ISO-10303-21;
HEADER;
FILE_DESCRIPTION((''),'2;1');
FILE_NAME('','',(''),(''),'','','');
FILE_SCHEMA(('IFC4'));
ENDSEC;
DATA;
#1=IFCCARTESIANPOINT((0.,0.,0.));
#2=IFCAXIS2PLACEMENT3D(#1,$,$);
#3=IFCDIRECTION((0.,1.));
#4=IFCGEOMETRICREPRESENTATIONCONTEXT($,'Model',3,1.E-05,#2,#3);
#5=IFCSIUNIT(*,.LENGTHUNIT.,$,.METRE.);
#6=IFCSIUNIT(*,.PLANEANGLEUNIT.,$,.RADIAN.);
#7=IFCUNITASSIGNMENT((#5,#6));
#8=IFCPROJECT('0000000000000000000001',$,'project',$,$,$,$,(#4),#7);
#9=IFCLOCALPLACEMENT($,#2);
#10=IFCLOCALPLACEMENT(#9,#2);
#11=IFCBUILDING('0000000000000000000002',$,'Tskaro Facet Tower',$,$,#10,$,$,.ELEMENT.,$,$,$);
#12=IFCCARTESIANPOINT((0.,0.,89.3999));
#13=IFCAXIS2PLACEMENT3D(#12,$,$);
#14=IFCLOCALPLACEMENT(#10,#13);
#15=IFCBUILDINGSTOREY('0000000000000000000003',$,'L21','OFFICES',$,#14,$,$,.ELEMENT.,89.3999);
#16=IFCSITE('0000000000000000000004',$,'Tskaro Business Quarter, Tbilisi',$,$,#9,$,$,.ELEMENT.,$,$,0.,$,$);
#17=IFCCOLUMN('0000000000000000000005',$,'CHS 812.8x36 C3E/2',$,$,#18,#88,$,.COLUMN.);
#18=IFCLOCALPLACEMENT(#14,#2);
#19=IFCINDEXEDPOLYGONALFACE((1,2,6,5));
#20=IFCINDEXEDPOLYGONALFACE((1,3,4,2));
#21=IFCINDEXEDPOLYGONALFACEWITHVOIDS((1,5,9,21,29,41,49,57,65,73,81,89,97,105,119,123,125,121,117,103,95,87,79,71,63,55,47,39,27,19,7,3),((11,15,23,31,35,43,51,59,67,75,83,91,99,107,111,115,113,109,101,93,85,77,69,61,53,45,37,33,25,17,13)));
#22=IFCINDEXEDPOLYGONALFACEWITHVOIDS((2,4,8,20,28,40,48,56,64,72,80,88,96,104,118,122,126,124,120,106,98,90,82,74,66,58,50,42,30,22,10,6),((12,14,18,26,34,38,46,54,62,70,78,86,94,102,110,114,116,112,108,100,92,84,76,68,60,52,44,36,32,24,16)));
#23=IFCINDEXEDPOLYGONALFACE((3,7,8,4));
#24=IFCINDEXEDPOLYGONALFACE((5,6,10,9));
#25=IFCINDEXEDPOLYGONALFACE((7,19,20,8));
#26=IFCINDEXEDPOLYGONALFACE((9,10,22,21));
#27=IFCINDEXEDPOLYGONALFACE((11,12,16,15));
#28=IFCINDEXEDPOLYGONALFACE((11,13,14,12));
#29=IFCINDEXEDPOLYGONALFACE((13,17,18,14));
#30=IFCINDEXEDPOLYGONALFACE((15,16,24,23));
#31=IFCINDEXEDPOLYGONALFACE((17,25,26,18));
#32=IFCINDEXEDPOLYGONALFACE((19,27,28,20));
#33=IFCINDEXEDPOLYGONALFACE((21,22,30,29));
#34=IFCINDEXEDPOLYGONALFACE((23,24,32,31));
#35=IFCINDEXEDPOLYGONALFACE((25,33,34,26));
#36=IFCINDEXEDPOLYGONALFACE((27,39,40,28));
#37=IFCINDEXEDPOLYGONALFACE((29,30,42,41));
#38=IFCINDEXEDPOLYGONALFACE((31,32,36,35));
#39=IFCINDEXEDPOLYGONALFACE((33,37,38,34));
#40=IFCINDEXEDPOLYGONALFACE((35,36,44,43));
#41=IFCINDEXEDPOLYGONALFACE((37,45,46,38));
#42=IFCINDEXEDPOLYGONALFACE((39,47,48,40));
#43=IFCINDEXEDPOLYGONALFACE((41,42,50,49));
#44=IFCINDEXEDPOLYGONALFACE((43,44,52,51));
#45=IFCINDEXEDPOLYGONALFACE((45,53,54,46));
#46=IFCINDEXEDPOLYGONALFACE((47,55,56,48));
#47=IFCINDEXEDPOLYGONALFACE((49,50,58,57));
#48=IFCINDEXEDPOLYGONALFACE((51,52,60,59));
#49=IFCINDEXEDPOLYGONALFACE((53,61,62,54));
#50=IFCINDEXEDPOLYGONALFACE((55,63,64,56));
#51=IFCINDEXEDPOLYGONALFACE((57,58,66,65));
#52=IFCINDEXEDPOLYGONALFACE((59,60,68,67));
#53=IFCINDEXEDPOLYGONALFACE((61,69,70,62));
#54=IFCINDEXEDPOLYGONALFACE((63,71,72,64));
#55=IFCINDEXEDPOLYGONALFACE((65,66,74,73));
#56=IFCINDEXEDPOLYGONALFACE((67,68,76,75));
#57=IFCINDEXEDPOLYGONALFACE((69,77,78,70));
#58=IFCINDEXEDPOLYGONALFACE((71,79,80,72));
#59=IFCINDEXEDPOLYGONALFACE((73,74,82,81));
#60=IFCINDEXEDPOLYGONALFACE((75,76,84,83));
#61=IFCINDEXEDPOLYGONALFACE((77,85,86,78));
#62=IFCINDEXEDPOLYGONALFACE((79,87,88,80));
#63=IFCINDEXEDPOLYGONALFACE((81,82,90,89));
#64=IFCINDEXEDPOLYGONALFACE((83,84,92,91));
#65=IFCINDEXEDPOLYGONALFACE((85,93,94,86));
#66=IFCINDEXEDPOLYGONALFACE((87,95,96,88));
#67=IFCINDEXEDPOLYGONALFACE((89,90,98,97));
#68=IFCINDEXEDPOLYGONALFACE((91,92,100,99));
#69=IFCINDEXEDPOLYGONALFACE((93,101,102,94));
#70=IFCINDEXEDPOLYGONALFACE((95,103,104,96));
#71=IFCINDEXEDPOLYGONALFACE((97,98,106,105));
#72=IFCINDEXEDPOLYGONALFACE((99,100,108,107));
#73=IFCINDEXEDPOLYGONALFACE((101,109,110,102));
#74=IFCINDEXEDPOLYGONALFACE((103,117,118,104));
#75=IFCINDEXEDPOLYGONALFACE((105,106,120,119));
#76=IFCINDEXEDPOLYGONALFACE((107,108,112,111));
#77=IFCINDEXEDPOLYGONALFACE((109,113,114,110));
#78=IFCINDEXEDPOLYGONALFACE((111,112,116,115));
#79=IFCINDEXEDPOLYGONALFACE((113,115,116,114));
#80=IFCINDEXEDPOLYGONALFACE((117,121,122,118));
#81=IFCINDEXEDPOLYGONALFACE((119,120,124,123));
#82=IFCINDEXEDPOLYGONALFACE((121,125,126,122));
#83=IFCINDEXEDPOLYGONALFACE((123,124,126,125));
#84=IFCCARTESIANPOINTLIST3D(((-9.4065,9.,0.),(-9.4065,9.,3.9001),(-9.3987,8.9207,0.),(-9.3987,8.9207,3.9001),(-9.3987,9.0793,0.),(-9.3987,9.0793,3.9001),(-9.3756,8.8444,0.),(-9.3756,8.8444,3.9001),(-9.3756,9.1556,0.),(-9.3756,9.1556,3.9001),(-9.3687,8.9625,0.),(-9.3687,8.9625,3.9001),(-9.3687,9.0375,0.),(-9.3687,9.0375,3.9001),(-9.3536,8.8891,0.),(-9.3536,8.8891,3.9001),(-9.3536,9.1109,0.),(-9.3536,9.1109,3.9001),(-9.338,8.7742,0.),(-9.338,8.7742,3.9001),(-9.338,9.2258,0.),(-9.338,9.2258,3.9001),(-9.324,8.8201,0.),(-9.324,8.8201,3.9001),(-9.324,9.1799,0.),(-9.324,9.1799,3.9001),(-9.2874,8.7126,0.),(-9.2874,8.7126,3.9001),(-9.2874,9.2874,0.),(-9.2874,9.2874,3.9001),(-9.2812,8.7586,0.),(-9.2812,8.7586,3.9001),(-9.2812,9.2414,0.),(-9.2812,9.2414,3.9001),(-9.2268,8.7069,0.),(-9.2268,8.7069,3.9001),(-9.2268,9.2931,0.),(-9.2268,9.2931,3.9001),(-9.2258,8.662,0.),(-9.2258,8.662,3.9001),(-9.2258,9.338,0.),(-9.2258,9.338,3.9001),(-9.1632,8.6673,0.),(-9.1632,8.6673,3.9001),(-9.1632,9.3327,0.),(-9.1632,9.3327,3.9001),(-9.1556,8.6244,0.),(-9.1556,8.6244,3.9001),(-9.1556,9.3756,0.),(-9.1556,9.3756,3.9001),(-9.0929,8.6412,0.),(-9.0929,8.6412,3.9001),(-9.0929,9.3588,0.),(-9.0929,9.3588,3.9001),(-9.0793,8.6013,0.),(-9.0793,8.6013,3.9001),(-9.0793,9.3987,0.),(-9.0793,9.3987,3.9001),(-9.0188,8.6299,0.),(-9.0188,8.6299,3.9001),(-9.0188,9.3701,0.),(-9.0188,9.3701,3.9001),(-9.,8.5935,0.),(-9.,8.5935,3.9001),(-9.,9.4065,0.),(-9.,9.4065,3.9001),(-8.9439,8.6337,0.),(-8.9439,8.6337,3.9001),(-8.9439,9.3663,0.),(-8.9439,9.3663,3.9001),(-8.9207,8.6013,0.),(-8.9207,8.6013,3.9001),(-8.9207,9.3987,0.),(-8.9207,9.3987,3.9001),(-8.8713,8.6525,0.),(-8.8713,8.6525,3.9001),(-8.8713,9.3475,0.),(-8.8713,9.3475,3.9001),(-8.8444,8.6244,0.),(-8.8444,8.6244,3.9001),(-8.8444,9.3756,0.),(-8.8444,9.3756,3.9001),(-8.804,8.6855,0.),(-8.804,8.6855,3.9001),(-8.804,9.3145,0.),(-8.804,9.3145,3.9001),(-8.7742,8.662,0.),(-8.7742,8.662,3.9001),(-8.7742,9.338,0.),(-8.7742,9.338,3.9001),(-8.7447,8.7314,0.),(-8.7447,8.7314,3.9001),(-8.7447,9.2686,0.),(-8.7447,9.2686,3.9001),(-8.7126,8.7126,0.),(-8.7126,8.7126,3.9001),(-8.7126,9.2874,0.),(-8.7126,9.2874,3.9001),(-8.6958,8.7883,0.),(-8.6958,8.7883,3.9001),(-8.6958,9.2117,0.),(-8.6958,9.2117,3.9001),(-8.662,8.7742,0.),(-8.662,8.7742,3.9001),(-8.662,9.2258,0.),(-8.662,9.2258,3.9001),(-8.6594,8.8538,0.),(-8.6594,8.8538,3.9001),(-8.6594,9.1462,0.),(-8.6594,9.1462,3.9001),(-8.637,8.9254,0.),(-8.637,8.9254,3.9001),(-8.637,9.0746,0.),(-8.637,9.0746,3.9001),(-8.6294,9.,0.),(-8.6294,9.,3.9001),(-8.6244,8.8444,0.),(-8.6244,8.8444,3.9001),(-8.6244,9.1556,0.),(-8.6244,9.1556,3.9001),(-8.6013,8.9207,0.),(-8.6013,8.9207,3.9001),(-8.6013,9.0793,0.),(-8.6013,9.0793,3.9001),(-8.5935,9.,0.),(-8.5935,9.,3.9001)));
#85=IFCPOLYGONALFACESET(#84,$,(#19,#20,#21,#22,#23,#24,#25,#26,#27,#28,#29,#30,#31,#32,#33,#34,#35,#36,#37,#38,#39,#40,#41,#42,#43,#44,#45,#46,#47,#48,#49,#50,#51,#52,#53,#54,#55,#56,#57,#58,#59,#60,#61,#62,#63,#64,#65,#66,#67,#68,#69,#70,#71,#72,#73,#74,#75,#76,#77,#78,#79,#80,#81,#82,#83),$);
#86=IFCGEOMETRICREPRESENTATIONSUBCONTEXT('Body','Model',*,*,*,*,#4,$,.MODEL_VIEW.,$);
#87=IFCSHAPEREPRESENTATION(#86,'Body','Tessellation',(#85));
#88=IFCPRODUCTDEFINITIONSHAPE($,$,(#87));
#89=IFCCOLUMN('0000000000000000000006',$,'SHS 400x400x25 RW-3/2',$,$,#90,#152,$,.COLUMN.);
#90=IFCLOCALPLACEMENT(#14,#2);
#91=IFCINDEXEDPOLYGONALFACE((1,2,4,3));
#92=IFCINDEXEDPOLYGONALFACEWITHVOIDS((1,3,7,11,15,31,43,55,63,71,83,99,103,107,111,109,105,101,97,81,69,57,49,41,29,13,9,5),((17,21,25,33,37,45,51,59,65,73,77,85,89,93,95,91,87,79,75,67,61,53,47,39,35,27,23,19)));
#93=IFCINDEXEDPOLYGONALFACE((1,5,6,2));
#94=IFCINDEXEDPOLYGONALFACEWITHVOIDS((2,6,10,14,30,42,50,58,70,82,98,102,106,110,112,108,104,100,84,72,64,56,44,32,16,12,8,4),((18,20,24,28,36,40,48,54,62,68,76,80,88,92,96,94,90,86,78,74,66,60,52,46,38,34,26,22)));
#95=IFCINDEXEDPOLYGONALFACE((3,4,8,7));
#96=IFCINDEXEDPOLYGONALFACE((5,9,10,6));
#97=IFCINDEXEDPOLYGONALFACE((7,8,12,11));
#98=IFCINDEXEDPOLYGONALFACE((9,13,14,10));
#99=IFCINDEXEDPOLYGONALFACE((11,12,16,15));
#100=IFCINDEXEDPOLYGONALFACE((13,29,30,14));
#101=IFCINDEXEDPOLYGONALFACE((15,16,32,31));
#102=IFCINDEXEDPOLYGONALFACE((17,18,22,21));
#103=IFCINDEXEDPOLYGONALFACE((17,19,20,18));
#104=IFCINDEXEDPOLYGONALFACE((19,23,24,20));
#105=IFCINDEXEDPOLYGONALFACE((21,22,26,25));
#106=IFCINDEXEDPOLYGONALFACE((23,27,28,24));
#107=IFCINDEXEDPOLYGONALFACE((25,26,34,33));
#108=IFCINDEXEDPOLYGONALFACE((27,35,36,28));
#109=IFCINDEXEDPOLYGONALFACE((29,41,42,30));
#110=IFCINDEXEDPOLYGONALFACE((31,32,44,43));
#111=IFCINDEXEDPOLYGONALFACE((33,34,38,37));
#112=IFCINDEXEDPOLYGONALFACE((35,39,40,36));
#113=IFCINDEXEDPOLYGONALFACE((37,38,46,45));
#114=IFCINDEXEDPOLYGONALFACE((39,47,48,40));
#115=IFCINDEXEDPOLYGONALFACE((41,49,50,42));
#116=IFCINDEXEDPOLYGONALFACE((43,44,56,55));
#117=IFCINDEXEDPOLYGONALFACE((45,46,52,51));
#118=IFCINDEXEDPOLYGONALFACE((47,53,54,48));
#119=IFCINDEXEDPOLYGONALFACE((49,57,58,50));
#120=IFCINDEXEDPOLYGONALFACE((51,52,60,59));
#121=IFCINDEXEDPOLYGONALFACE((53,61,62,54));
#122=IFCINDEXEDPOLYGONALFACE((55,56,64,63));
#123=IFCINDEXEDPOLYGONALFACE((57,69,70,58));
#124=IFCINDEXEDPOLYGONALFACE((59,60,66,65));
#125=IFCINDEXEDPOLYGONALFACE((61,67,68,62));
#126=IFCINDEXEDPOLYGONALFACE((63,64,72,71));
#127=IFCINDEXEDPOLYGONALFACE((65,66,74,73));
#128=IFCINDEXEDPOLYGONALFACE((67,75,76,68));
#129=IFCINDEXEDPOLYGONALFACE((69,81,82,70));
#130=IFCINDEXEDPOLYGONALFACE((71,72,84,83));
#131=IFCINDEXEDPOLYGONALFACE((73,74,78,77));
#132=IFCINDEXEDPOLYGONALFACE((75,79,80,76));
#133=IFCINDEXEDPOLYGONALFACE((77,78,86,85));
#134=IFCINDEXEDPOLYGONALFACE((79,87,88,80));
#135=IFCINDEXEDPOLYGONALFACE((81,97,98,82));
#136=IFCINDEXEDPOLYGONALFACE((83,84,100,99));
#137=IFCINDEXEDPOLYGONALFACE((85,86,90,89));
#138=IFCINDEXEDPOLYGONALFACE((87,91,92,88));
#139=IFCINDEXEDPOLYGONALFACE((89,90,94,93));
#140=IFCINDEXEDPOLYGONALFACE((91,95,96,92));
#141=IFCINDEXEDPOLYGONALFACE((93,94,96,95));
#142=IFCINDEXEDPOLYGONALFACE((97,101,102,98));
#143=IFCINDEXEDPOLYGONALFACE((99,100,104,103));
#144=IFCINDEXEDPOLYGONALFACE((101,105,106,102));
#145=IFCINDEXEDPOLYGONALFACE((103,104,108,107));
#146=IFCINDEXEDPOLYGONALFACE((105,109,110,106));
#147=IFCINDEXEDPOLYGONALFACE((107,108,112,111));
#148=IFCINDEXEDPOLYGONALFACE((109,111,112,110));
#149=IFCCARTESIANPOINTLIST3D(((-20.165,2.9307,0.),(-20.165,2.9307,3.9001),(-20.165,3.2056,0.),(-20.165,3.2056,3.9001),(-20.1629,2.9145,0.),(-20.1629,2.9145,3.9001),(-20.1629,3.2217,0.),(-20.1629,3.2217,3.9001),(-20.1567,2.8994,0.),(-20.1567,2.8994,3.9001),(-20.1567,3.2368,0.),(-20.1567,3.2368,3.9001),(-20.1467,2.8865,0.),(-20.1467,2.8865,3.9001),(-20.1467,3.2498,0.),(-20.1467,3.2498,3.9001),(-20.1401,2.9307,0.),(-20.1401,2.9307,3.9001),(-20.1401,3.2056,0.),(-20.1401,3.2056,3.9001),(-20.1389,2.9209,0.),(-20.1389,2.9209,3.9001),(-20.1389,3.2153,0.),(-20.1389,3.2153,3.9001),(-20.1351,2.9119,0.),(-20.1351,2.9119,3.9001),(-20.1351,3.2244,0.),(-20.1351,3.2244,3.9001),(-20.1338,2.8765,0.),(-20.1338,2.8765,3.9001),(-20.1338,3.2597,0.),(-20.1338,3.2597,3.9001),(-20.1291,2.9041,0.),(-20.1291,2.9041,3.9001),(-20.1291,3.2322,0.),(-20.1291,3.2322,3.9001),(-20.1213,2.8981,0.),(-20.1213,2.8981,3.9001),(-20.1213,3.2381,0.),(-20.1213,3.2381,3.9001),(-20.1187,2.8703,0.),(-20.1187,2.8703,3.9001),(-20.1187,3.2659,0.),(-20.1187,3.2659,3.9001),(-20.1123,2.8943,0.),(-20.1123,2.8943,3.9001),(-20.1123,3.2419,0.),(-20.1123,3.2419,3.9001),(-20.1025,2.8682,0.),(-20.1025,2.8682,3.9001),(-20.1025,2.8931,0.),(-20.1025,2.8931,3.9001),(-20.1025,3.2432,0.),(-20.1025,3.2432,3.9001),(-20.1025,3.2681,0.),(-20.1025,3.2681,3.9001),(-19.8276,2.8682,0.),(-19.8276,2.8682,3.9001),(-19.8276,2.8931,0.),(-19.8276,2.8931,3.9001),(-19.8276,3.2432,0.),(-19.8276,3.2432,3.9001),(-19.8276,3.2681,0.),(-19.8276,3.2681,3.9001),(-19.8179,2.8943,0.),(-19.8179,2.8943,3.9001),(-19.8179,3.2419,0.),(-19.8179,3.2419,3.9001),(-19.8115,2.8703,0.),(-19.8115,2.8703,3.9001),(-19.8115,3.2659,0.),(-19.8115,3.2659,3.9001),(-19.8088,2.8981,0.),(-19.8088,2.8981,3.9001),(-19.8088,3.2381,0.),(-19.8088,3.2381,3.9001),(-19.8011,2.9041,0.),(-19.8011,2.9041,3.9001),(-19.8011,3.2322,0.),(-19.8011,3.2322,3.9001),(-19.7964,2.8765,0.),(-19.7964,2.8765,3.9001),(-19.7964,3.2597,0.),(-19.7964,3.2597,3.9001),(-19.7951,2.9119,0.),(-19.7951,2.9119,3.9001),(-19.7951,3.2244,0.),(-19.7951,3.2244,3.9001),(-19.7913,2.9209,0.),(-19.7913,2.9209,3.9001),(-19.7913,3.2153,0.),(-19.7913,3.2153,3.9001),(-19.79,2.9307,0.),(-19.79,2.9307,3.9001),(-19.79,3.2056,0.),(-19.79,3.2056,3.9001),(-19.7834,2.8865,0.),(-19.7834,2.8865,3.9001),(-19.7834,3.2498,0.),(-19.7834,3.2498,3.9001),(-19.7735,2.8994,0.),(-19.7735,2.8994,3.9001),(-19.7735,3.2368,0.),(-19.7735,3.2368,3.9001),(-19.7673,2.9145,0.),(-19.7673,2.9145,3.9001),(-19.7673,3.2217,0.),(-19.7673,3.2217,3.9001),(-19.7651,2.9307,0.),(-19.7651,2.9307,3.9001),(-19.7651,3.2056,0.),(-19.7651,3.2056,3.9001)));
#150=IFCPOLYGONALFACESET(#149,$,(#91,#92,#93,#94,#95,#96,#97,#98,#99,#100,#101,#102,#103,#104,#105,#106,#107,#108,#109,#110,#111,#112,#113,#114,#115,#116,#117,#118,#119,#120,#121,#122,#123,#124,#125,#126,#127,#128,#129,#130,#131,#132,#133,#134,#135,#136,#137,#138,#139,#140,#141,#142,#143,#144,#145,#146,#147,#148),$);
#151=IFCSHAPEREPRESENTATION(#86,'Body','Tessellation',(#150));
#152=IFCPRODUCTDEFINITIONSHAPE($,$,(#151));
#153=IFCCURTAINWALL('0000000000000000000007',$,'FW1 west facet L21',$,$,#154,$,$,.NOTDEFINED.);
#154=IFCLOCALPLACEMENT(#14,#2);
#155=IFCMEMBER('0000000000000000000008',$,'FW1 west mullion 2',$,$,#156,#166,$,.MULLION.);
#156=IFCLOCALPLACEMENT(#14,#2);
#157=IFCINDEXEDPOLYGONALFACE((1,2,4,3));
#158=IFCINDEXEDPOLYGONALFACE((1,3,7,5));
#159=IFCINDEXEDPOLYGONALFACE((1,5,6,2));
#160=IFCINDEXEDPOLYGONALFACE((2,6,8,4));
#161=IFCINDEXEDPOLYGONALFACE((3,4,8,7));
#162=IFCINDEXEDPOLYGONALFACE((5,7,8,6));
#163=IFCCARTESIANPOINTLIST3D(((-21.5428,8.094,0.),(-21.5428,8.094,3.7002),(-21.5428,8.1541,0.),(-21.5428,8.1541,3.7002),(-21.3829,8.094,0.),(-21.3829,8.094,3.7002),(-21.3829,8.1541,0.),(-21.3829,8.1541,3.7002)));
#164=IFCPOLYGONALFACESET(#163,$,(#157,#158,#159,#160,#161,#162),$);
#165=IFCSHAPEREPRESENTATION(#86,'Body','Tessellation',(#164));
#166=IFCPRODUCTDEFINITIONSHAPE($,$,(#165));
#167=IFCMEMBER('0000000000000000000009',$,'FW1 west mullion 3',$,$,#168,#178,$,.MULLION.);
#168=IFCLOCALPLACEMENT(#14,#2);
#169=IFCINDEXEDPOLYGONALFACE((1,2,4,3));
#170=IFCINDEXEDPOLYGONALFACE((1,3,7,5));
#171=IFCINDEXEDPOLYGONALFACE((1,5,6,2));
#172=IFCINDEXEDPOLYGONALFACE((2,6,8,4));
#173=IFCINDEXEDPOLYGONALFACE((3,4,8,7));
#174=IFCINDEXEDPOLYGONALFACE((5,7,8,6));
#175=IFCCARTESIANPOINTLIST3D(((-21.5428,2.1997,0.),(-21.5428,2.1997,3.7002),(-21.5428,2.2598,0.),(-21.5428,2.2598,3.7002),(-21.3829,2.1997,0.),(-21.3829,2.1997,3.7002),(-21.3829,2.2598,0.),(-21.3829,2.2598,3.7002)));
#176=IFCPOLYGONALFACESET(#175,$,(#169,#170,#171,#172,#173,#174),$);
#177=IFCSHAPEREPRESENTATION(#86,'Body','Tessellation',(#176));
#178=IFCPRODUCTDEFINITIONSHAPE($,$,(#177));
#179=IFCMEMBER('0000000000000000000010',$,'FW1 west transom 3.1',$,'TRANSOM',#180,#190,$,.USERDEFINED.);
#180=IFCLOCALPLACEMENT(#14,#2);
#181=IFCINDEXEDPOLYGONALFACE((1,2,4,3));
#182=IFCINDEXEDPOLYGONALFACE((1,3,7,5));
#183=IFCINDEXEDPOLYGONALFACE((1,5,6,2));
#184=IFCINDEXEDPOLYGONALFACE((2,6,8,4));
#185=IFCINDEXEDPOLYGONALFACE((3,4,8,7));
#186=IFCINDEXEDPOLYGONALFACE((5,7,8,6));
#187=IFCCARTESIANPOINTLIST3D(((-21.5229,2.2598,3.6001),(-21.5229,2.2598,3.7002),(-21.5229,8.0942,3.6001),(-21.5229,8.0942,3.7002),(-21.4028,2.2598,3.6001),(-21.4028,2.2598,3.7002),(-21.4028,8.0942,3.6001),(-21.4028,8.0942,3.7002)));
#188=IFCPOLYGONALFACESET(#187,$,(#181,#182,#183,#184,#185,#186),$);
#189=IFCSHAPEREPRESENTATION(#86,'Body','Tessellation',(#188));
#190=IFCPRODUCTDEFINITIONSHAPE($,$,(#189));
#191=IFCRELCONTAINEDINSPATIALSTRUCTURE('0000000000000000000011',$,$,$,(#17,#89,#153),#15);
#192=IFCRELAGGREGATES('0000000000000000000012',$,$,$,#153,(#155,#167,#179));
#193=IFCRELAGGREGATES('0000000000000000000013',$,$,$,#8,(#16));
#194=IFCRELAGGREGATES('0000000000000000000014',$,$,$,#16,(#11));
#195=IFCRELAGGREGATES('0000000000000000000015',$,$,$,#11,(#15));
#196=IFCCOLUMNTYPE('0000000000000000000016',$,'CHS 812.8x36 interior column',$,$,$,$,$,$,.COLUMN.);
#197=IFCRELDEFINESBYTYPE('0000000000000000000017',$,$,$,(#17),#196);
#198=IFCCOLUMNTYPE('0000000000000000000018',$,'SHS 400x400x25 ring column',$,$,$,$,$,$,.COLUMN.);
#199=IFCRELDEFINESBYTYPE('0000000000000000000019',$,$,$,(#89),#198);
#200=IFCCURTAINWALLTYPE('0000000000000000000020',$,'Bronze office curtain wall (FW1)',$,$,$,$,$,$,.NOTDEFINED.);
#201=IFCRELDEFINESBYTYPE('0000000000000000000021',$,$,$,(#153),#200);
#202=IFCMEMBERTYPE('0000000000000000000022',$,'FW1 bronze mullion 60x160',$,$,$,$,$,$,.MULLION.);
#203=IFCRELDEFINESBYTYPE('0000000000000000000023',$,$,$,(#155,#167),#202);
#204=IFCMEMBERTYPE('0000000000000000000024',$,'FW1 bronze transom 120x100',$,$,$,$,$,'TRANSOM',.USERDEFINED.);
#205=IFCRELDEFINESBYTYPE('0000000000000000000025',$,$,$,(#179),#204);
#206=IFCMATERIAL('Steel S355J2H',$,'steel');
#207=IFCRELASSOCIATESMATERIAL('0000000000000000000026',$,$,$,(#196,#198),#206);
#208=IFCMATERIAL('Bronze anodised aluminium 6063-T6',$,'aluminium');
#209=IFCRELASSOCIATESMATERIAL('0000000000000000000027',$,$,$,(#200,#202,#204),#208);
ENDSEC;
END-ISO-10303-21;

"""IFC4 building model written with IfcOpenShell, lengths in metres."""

from ifc_helpers import new_model, si_unit, direction, frame, origin, origin_2d, place, context, subcontext, project, spatial, rectangle, hollow_rectangle, hollow_circle, extrude, material, material_profile, profile_set, type_object, element, aggregate, save


model = new_model("IFC4")

# Units and contexts
model_context = context("Model", 3, precision=1e-05, world=origin(), true_north=direction((0.0, 1.0)))
body_context = subcontext(model_context, "Body", "Model", "MODEL_VIEW")
ifc_project = project(units=[si_unit("LENGTHUNIT", "METRE"), si_unit("PLANEANGLEUNIT", "RADIAN")], contexts=[model_context])

# Site, building, storey
site_placement = place(None, origin())
site = spatial("IfcSite", under=ifc_project, at=site_placement, Name="Tskaro Business Quarter, Tbilisi", CompositionType="ELEMENT", RefElevation=0.0)
building_placement = place(site_placement, origin())
building = spatial("IfcBuilding", under=site, at=building_placement, Name="Tskaro Facet Tower", CompositionType="ELEMENT")
storey_placement = place(building_placement, frame((0.0, 0.0, 89.3999)))
storey = spatial("IfcBuildingStorey", under=building, at=storey_placement, Name="L21", Description="OFFICES", CompositionType="ELEMENT", Elevation=89.3999)

# Columns
ifc_material_1 = material(Name="Steel S355J2H", Category="steel")
ifc_material_profile_1 = material_profile(ifc_material_1, hollow_circle(Radius=0.4065, WallThickness=0.0359, at=origin_2d()), Name="CHS 812.8x36")
ifc_profile_set_1 = profile_set([ifc_material_profile_1], Name="Steel S355J2H")
column_type_1 = type_object("IfcColumnType", Name="CHS 812.8x36 interior column", PredefinedType="COLUMN", material=ifc_profile_set_1)
column_1_placement = place(storey_placement, frame((-9.0, 9.0, 0.0), z_axis=(0.0, 0.0, 1.0), x_axis=(1.0, 0.0, 0.0)))
element("IfcColumn", 1, at=column_1_placement, inside=storey, type_object=column_type_1, Name="CHS 812.8x36 C3E/2", PredefinedType="COLUMN", context=body_context, shape_type="SweptSolid", body=[
    extrude(hollow_circle(Radius=0.4065, WallThickness=0.0359, at=origin_2d()), origin(), (0.0, 0.0, 1.0), 3.9001),
])
ifc_material_profile_2 = material_profile(ifc_material_1, hollow_rectangle(XDim=0.3999, YDim=0.3999, WallThickness=0.0249, InnerFilletRadius=0.0376, OuterFilletRadius=0.0625, at=origin_2d()), Name="SHS 400x400x25")
ifc_profile_set_2 = profile_set([ifc_material_profile_2], Name="Steel S355J2H")
column_type_2 = type_object("IfcColumnType", Name="SHS 400x400x25 ring column", PredefinedType="COLUMN", material=ifc_profile_set_2)
column_2_placement = place(storey_placement, frame((-19.9651, 3.0681, 0.0), z_axis=(0.0, 0.0, 1.0), x_axis=(1.0, 0.0, 0.0)))
element("IfcColumn", 2, at=column_2_placement, inside=storey, type_object=column_type_2, Name="SHS 400x400x25 RW-3/2", PredefinedType="COLUMN", context=body_context, shape_type="SweptSolid", body=[
    extrude(hollow_rectangle(XDim=0.3999, YDim=0.3999, WallThickness=0.0249, InnerFilletRadius=0.0376, OuterFilletRadius=0.0625, at=origin_2d()), origin(), (0.0, 0.0, 1.0), 3.9001),
])

# Curtain wall, members
ifc_material_2 = material(Name="Bronze anodised aluminium 6063-T6", Category="aluminium")
curtain_wall_type = type_object("IfcCurtainWallType", Name="Bronze office curtain wall (FW1)", PredefinedType="NOTDEFINED", material=ifc_material_2)
curtain_wall_placement = place(storey_placement, origin())
curtain_wall = element("IfcCurtainWall", 3, at=curtain_wall_placement, inside=storey, type_object=curtain_wall_type, Name="FW1 west facet L21", PredefinedType="NOTDEFINED")
ifc_material_profile_3 = material_profile(ifc_material_2, rectangle(XDim=0.0601, YDim=0.1599, at=origin_2d()), Name="Mullion 60x160")
ifc_profile_set_3 = profile_set([ifc_material_profile_3], Name="Bronze anodised aluminium 6063-T6")
member_type_1 = type_object("IfcMemberType", Name="FW1 bronze mullion 60x160", PredefinedType="MULLION", material=ifc_profile_set_3)
member_1_placement = place(storey_placement, frame((-21.4629, 8.124, 0.0), z_axis=(0.0, 0.0, 1.0), x_axis=(0.0, -1.0, 0.0)))
member_1 = element("IfcMember", 4, at=member_1_placement, type_object=member_type_1, Name="FW1 west mullion 2", PredefinedType="MULLION", context=body_context, shape_type="SweptSolid", body=[
    extrude(rectangle(XDim=0.0601, YDim=0.1599, at=origin_2d()), origin(), (0.0, 0.0, 1.0), 3.7002),
])
member_2_placement = place(storey_placement, frame((-21.4629, 2.2297, 0.0), z_axis=(0.0, 0.0, 1.0), x_axis=(0.0, -1.0, 0.0)))
member_2 = element("IfcMember", 5, at=member_2_placement, type_object=member_type_1, Name="FW1 west mullion 3", PredefinedType="MULLION", context=body_context, shape_type="SweptSolid", body=[
    extrude(rectangle(XDim=0.0601, YDim=0.1599, at=origin_2d()), origin(), (0.0, 0.0, 1.0), 3.7002),
])
ifc_material_profile_4 = material_profile(ifc_material_2, rectangle(XDim=0.1201, YDim=0.1001, at=origin_2d()), Name="Transom 120x100")
ifc_profile_set_4 = profile_set([ifc_material_profile_4], Name="Bronze anodised aluminium 6063-T6")
member_type_2 = type_object("IfcMemberType", Name="FW1 bronze transom 120x100", ElementType="TRANSOM", PredefinedType="USERDEFINED", material=ifc_profile_set_4)
member_3_placement = place(storey_placement, frame((-21.4629, 8.0942, 3.6501), z_axis=(0.0, -1.0, 0.0), x_axis=(1.0, 0.0, 0.0)))
member_3 = element("IfcMember", 6, at=member_3_placement, type_object=member_type_2, Name="FW1 west transom 3.1", ObjectType="TRANSOM", PredefinedType="USERDEFINED", context=body_context, shape_type="SweptSolid", body=[
    extrude(rectangle(XDim=0.1201, YDim=0.1001, at=origin_2d()), origin(), (0.0, 0.0, 1.0), 5.8345),
])

aggregate(curtain_wall, [member_1, member_2, member_3])

save(model, "model.ifc")
